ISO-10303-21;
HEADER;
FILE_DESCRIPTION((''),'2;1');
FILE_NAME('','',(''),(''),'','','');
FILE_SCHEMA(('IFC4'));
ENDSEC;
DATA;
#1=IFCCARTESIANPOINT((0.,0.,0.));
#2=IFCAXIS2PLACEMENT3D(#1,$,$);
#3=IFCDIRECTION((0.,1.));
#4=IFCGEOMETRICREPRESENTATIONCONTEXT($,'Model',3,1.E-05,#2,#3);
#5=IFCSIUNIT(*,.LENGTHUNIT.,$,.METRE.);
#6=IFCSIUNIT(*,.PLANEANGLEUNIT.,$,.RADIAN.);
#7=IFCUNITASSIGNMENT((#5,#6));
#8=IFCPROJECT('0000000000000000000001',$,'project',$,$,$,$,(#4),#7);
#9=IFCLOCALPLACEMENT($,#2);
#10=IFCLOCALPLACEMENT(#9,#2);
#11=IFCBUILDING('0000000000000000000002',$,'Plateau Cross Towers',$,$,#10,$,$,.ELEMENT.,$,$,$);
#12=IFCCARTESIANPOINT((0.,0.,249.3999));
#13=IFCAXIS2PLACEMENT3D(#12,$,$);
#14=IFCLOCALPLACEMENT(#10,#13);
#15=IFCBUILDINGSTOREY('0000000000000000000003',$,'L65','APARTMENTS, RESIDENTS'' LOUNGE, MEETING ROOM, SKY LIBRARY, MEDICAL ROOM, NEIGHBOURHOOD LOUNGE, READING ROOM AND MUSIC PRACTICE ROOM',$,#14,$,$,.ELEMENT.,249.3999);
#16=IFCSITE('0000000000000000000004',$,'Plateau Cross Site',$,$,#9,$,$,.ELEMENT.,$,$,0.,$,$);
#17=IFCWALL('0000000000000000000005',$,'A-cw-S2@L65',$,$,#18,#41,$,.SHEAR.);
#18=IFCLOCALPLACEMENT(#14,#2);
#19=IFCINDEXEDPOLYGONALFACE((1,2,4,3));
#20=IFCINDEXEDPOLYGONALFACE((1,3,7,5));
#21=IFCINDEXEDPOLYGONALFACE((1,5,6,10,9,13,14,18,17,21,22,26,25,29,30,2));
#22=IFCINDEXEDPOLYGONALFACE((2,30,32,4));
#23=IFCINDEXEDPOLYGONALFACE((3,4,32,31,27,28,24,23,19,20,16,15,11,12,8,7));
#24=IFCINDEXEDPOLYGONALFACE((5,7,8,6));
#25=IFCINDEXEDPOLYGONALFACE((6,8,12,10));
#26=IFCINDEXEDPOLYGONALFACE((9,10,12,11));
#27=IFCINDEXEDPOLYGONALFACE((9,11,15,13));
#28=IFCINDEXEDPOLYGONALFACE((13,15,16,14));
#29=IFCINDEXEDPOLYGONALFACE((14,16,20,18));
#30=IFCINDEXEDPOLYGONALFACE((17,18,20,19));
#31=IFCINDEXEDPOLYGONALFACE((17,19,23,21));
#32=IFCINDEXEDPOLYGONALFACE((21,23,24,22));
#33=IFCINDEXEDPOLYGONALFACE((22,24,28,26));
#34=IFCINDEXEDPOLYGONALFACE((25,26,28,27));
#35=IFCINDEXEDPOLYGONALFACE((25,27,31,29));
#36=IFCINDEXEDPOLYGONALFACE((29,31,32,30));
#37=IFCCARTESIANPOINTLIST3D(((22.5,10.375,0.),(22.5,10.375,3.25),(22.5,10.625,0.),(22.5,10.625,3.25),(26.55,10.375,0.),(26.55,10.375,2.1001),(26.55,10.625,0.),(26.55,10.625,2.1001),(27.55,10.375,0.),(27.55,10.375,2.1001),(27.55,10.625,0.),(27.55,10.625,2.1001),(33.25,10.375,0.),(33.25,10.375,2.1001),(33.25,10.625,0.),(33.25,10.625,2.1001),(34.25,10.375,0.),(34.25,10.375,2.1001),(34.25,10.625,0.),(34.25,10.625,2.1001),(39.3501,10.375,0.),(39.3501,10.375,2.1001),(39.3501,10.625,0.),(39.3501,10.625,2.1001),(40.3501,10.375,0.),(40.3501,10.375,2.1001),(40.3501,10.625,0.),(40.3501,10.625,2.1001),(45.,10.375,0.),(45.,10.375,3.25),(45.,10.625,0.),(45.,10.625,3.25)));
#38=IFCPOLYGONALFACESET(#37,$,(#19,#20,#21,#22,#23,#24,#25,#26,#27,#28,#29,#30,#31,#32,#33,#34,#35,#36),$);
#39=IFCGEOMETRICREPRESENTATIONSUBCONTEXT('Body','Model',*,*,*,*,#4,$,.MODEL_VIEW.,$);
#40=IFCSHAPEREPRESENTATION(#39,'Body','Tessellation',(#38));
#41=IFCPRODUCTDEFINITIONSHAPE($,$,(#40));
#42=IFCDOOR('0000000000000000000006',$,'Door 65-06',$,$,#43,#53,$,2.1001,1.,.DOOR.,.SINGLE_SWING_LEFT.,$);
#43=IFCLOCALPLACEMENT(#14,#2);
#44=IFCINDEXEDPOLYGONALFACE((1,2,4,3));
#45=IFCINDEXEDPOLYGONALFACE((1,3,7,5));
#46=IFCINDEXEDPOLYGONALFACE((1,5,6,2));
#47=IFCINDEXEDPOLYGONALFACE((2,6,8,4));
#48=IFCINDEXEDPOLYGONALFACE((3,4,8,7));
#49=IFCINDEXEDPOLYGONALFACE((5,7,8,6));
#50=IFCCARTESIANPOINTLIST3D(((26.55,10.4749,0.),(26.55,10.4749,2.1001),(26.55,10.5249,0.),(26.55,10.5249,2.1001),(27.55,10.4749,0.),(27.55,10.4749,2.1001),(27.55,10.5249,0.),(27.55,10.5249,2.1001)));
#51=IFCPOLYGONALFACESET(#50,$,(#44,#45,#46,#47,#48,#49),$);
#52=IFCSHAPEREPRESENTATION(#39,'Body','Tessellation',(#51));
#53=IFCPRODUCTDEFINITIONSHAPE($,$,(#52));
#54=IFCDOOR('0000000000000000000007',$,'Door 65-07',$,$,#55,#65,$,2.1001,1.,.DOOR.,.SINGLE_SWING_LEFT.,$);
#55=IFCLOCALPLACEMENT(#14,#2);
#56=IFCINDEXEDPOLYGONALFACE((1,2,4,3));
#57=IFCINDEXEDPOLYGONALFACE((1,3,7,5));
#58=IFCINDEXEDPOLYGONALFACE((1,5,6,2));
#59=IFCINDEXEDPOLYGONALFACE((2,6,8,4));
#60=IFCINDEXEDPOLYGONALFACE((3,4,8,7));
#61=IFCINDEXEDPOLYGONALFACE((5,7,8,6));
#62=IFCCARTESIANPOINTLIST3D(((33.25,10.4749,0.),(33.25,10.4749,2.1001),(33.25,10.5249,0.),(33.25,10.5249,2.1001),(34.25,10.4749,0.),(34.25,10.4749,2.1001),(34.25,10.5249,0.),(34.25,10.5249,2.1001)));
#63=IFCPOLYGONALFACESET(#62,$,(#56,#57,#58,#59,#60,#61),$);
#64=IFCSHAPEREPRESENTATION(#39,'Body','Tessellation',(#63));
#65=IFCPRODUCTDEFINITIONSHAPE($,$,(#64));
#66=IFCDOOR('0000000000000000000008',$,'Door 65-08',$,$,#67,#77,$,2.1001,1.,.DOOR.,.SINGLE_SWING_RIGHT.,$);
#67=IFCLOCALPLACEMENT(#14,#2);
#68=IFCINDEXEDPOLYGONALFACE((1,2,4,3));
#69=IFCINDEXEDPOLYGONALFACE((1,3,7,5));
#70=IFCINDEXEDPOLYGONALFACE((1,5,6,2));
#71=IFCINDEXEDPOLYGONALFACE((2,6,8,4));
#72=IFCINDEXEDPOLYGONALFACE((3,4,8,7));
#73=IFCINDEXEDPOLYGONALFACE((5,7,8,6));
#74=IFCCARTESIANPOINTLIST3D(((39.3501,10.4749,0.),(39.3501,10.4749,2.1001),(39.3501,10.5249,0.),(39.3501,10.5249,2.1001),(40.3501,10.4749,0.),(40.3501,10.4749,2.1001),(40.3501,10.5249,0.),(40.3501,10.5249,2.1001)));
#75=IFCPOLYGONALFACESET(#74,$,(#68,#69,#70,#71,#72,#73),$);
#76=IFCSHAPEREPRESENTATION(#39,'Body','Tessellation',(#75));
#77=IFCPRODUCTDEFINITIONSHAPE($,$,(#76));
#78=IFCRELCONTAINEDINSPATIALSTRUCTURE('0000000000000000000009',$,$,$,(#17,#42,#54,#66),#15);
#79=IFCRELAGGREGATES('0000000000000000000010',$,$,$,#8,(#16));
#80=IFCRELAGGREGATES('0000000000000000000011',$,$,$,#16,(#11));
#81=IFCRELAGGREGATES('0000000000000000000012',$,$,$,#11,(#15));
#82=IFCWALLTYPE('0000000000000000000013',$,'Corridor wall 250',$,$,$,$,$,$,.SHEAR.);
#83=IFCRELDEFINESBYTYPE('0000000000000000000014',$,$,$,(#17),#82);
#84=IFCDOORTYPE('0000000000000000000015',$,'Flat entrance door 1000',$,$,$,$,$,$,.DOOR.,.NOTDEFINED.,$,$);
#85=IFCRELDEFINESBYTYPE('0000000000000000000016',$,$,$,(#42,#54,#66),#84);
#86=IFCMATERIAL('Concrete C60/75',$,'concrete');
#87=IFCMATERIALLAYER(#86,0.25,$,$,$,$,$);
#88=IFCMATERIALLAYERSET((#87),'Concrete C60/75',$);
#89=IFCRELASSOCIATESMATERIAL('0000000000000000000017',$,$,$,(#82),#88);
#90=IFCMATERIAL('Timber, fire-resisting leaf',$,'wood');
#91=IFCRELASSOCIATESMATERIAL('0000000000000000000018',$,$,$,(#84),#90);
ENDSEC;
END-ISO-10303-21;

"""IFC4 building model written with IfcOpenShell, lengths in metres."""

from ifc_helpers import new_model, si_unit, direction, frame, frame_2d, origin, place, context, subcontext, project, spatial, rectangle, extrude, material, layer, layer_set, type_object, element, fill, save


model = new_model("IFC4")

# Units and contexts
model_context = context("Model", 3, precision=1e-05, world=origin(), true_north=direction((0.0, 1.0)))
body_context = subcontext(model_context, "Body", "Model", "MODEL_VIEW")
ifc_project = project(units=[si_unit("LENGTHUNIT", "METRE"), si_unit("PLANEANGLEUNIT", "RADIAN")], contexts=[model_context])

# Site, building, storey
site_placement = place(None, origin())
site = spatial("IfcSite", under=ifc_project, at=site_placement, Name="Plateau Cross Site", CompositionType="ELEMENT", RefElevation=0.0)
building_placement = place(site_placement, origin())
building = spatial("IfcBuilding", under=site, at=building_placement, Name="Plateau Cross Towers", CompositionType="ELEMENT")
storey_placement = place(building_placement, frame((0.0, 0.0, 249.3999)))
storey = spatial("IfcBuildingStorey", under=building, at=storey_placement, Name="L65", Description="APARTMENTS, RESIDENTS' LOUNGE, MEETING ROOM, SKY LIBRARY, MEDICAL ROOM, NEIGHBOURHOOD LOUNGE, READING ROOM AND MUSIC PRACTICE ROOM", CompositionType="ELEMENT", Elevation=249.3999)

# Shared definitions
ifc_material_1 = material(Name="Concrete C60/75", Category="concrete")

# Wall, openings, doors
ifc_layer_1 = layer(ifc_material_1, 0.25)
ifc_layer_set_1 = layer_set([ifc_layer_1], Name="Concrete C60/75")
wall_type_1 = type_object("IfcWallType", Name="Corridor wall 250", PredefinedType="SHEAR", material=ifc_layer_set_1)
ifc_material_2 = material(Name="Timber, fire-resisting leaf", Category="wood")
door_type_1 = type_object("IfcDoorType", Name="Flat entrance door 1000", OperationType="NOTDEFINED", PredefinedType="DOOR", material=ifc_material_2)
wall_1_placement = place(storey_placement, frame((22.5, 10.5, 0.0), z_axis=(0.0, 0.0, 1.0), x_axis=(1.0, 0.0, 0.0)))
wall_1 = element("IfcWall", 1, at=wall_1_placement, inside=storey, type_object=wall_type_1, Name="A-cw-S2@L65", PredefinedType="SHEAR", context=body_context, shape_type="SweptSolid", body=[
    extrude(rectangle(XDim=22.5, YDim=0.25, at=frame_2d((11.25, 0.0))), origin(), (0.0, 0.0, 1.0), 3.25),
])
opening_1_placement = place(wall_1_placement, frame((4.05, 0.0, 0.0)))
opening_1 = element("IfcOpeningElement", 2, at=opening_1_placement, cuts=wall_1, PredefinedType="OPENING", context=body_context, shape_type="SweptSolid", body=[
    extrude(rectangle(XDim=1.0, YDim=2.1001, at=frame_2d((0.5, 1.05))), frame((0.0, 0.135, 0.0), z_axis=(0.0, -1.0, 0.0), x_axis=(1.0, 0.0, 0.0)), (0.0, 0.0, 1.0), 0.27),
])
opening_2_placement = place(wall_1_placement, frame((10.75, 0.0, 0.0)))
opening_2 = element("IfcOpeningElement", 3, at=opening_2_placement, cuts=wall_1, PredefinedType="OPENING", context=body_context, shape_type="SweptSolid", body=[
    extrude(rectangle(XDim=1.0, YDim=2.1001, at=frame_2d((0.5, 1.05))), frame((0.0, 0.135, 0.0), z_axis=(0.0, -1.0, 0.0), x_axis=(1.0, 0.0, 0.0)), (0.0, 0.0, 1.0), 0.27),
])
opening_3_placement = place(wall_1_placement, frame((16.8501, 0.0, 0.0)))
opening_3 = element("IfcOpeningElement", 4, at=opening_3_placement, cuts=wall_1, PredefinedType="OPENING", context=body_context, shape_type="SweptSolid", body=[
    extrude(rectangle(XDim=1.0, YDim=2.1001, at=frame_2d((0.5, 1.05))), frame((0.0, 0.135, 0.0), z_axis=(0.0, -1.0, 0.0), x_axis=(1.0, 0.0, 0.0)), (0.0, 0.0, 1.0), 0.27),
])
door_1_placement = place(opening_1_placement, origin())
door_1 = element("IfcDoor", 5, at=door_1_placement, inside=storey, type_object=door_type_1, Name="Door 65-06", OperationType="SINGLE_SWING_LEFT", OverallHeight=2.1001, OverallWidth=1.0, PredefinedType="DOOR", context=body_context, shape_type="SweptSolid", body=[
    extrude(rectangle(XDim=1.0, YDim=2.1001, at=frame_2d((0.5, 1.05))), frame((0.0, 0.0249, 0.0), z_axis=(0.0, -1.0, 0.0), x_axis=(1.0, 0.0, 0.0)), (0.0, 0.0, 1.0), 0.05),
])
fill(opening_1, door_1)
door_2_placement = place(opening_2_placement, origin())
door_2 = element("IfcDoor", 6, at=door_2_placement, inside=storey, type_object=door_type_1, Name="Door 65-07", OperationType="SINGLE_SWING_LEFT", OverallHeight=2.1001, OverallWidth=1.0, PredefinedType="DOOR", context=body_context, shape_type="SweptSolid", body=[
    extrude(rectangle(XDim=1.0, YDim=2.1001, at=frame_2d((0.5, 1.05))), frame((0.0, 0.0249, 0.0), z_axis=(0.0, -1.0, 0.0), x_axis=(1.0, 0.0, 0.0)), (0.0, 0.0, 1.0), 0.05),
])
fill(opening_2, door_2)
door_3_placement = place(opening_3_placement, origin())
door_3 = element("IfcDoor", 7, at=door_3_placement, inside=storey, type_object=door_type_1, Name="Door 65-08", OperationType="SINGLE_SWING_RIGHT", OverallHeight=2.1001, OverallWidth=1.0, PredefinedType="DOOR", context=body_context, shape_type="SweptSolid", body=[
    extrude(rectangle(XDim=1.0, YDim=2.1001, at=frame_2d((0.5, 1.05))), frame((0.0, 0.0249, 0.0), z_axis=(0.0, -1.0, 0.0), x_axis=(1.0, 0.0, 0.0)), (0.0, 0.0, 1.0), 0.05),
])
fill(opening_3, door_3)

save(model, "model.ifc")
